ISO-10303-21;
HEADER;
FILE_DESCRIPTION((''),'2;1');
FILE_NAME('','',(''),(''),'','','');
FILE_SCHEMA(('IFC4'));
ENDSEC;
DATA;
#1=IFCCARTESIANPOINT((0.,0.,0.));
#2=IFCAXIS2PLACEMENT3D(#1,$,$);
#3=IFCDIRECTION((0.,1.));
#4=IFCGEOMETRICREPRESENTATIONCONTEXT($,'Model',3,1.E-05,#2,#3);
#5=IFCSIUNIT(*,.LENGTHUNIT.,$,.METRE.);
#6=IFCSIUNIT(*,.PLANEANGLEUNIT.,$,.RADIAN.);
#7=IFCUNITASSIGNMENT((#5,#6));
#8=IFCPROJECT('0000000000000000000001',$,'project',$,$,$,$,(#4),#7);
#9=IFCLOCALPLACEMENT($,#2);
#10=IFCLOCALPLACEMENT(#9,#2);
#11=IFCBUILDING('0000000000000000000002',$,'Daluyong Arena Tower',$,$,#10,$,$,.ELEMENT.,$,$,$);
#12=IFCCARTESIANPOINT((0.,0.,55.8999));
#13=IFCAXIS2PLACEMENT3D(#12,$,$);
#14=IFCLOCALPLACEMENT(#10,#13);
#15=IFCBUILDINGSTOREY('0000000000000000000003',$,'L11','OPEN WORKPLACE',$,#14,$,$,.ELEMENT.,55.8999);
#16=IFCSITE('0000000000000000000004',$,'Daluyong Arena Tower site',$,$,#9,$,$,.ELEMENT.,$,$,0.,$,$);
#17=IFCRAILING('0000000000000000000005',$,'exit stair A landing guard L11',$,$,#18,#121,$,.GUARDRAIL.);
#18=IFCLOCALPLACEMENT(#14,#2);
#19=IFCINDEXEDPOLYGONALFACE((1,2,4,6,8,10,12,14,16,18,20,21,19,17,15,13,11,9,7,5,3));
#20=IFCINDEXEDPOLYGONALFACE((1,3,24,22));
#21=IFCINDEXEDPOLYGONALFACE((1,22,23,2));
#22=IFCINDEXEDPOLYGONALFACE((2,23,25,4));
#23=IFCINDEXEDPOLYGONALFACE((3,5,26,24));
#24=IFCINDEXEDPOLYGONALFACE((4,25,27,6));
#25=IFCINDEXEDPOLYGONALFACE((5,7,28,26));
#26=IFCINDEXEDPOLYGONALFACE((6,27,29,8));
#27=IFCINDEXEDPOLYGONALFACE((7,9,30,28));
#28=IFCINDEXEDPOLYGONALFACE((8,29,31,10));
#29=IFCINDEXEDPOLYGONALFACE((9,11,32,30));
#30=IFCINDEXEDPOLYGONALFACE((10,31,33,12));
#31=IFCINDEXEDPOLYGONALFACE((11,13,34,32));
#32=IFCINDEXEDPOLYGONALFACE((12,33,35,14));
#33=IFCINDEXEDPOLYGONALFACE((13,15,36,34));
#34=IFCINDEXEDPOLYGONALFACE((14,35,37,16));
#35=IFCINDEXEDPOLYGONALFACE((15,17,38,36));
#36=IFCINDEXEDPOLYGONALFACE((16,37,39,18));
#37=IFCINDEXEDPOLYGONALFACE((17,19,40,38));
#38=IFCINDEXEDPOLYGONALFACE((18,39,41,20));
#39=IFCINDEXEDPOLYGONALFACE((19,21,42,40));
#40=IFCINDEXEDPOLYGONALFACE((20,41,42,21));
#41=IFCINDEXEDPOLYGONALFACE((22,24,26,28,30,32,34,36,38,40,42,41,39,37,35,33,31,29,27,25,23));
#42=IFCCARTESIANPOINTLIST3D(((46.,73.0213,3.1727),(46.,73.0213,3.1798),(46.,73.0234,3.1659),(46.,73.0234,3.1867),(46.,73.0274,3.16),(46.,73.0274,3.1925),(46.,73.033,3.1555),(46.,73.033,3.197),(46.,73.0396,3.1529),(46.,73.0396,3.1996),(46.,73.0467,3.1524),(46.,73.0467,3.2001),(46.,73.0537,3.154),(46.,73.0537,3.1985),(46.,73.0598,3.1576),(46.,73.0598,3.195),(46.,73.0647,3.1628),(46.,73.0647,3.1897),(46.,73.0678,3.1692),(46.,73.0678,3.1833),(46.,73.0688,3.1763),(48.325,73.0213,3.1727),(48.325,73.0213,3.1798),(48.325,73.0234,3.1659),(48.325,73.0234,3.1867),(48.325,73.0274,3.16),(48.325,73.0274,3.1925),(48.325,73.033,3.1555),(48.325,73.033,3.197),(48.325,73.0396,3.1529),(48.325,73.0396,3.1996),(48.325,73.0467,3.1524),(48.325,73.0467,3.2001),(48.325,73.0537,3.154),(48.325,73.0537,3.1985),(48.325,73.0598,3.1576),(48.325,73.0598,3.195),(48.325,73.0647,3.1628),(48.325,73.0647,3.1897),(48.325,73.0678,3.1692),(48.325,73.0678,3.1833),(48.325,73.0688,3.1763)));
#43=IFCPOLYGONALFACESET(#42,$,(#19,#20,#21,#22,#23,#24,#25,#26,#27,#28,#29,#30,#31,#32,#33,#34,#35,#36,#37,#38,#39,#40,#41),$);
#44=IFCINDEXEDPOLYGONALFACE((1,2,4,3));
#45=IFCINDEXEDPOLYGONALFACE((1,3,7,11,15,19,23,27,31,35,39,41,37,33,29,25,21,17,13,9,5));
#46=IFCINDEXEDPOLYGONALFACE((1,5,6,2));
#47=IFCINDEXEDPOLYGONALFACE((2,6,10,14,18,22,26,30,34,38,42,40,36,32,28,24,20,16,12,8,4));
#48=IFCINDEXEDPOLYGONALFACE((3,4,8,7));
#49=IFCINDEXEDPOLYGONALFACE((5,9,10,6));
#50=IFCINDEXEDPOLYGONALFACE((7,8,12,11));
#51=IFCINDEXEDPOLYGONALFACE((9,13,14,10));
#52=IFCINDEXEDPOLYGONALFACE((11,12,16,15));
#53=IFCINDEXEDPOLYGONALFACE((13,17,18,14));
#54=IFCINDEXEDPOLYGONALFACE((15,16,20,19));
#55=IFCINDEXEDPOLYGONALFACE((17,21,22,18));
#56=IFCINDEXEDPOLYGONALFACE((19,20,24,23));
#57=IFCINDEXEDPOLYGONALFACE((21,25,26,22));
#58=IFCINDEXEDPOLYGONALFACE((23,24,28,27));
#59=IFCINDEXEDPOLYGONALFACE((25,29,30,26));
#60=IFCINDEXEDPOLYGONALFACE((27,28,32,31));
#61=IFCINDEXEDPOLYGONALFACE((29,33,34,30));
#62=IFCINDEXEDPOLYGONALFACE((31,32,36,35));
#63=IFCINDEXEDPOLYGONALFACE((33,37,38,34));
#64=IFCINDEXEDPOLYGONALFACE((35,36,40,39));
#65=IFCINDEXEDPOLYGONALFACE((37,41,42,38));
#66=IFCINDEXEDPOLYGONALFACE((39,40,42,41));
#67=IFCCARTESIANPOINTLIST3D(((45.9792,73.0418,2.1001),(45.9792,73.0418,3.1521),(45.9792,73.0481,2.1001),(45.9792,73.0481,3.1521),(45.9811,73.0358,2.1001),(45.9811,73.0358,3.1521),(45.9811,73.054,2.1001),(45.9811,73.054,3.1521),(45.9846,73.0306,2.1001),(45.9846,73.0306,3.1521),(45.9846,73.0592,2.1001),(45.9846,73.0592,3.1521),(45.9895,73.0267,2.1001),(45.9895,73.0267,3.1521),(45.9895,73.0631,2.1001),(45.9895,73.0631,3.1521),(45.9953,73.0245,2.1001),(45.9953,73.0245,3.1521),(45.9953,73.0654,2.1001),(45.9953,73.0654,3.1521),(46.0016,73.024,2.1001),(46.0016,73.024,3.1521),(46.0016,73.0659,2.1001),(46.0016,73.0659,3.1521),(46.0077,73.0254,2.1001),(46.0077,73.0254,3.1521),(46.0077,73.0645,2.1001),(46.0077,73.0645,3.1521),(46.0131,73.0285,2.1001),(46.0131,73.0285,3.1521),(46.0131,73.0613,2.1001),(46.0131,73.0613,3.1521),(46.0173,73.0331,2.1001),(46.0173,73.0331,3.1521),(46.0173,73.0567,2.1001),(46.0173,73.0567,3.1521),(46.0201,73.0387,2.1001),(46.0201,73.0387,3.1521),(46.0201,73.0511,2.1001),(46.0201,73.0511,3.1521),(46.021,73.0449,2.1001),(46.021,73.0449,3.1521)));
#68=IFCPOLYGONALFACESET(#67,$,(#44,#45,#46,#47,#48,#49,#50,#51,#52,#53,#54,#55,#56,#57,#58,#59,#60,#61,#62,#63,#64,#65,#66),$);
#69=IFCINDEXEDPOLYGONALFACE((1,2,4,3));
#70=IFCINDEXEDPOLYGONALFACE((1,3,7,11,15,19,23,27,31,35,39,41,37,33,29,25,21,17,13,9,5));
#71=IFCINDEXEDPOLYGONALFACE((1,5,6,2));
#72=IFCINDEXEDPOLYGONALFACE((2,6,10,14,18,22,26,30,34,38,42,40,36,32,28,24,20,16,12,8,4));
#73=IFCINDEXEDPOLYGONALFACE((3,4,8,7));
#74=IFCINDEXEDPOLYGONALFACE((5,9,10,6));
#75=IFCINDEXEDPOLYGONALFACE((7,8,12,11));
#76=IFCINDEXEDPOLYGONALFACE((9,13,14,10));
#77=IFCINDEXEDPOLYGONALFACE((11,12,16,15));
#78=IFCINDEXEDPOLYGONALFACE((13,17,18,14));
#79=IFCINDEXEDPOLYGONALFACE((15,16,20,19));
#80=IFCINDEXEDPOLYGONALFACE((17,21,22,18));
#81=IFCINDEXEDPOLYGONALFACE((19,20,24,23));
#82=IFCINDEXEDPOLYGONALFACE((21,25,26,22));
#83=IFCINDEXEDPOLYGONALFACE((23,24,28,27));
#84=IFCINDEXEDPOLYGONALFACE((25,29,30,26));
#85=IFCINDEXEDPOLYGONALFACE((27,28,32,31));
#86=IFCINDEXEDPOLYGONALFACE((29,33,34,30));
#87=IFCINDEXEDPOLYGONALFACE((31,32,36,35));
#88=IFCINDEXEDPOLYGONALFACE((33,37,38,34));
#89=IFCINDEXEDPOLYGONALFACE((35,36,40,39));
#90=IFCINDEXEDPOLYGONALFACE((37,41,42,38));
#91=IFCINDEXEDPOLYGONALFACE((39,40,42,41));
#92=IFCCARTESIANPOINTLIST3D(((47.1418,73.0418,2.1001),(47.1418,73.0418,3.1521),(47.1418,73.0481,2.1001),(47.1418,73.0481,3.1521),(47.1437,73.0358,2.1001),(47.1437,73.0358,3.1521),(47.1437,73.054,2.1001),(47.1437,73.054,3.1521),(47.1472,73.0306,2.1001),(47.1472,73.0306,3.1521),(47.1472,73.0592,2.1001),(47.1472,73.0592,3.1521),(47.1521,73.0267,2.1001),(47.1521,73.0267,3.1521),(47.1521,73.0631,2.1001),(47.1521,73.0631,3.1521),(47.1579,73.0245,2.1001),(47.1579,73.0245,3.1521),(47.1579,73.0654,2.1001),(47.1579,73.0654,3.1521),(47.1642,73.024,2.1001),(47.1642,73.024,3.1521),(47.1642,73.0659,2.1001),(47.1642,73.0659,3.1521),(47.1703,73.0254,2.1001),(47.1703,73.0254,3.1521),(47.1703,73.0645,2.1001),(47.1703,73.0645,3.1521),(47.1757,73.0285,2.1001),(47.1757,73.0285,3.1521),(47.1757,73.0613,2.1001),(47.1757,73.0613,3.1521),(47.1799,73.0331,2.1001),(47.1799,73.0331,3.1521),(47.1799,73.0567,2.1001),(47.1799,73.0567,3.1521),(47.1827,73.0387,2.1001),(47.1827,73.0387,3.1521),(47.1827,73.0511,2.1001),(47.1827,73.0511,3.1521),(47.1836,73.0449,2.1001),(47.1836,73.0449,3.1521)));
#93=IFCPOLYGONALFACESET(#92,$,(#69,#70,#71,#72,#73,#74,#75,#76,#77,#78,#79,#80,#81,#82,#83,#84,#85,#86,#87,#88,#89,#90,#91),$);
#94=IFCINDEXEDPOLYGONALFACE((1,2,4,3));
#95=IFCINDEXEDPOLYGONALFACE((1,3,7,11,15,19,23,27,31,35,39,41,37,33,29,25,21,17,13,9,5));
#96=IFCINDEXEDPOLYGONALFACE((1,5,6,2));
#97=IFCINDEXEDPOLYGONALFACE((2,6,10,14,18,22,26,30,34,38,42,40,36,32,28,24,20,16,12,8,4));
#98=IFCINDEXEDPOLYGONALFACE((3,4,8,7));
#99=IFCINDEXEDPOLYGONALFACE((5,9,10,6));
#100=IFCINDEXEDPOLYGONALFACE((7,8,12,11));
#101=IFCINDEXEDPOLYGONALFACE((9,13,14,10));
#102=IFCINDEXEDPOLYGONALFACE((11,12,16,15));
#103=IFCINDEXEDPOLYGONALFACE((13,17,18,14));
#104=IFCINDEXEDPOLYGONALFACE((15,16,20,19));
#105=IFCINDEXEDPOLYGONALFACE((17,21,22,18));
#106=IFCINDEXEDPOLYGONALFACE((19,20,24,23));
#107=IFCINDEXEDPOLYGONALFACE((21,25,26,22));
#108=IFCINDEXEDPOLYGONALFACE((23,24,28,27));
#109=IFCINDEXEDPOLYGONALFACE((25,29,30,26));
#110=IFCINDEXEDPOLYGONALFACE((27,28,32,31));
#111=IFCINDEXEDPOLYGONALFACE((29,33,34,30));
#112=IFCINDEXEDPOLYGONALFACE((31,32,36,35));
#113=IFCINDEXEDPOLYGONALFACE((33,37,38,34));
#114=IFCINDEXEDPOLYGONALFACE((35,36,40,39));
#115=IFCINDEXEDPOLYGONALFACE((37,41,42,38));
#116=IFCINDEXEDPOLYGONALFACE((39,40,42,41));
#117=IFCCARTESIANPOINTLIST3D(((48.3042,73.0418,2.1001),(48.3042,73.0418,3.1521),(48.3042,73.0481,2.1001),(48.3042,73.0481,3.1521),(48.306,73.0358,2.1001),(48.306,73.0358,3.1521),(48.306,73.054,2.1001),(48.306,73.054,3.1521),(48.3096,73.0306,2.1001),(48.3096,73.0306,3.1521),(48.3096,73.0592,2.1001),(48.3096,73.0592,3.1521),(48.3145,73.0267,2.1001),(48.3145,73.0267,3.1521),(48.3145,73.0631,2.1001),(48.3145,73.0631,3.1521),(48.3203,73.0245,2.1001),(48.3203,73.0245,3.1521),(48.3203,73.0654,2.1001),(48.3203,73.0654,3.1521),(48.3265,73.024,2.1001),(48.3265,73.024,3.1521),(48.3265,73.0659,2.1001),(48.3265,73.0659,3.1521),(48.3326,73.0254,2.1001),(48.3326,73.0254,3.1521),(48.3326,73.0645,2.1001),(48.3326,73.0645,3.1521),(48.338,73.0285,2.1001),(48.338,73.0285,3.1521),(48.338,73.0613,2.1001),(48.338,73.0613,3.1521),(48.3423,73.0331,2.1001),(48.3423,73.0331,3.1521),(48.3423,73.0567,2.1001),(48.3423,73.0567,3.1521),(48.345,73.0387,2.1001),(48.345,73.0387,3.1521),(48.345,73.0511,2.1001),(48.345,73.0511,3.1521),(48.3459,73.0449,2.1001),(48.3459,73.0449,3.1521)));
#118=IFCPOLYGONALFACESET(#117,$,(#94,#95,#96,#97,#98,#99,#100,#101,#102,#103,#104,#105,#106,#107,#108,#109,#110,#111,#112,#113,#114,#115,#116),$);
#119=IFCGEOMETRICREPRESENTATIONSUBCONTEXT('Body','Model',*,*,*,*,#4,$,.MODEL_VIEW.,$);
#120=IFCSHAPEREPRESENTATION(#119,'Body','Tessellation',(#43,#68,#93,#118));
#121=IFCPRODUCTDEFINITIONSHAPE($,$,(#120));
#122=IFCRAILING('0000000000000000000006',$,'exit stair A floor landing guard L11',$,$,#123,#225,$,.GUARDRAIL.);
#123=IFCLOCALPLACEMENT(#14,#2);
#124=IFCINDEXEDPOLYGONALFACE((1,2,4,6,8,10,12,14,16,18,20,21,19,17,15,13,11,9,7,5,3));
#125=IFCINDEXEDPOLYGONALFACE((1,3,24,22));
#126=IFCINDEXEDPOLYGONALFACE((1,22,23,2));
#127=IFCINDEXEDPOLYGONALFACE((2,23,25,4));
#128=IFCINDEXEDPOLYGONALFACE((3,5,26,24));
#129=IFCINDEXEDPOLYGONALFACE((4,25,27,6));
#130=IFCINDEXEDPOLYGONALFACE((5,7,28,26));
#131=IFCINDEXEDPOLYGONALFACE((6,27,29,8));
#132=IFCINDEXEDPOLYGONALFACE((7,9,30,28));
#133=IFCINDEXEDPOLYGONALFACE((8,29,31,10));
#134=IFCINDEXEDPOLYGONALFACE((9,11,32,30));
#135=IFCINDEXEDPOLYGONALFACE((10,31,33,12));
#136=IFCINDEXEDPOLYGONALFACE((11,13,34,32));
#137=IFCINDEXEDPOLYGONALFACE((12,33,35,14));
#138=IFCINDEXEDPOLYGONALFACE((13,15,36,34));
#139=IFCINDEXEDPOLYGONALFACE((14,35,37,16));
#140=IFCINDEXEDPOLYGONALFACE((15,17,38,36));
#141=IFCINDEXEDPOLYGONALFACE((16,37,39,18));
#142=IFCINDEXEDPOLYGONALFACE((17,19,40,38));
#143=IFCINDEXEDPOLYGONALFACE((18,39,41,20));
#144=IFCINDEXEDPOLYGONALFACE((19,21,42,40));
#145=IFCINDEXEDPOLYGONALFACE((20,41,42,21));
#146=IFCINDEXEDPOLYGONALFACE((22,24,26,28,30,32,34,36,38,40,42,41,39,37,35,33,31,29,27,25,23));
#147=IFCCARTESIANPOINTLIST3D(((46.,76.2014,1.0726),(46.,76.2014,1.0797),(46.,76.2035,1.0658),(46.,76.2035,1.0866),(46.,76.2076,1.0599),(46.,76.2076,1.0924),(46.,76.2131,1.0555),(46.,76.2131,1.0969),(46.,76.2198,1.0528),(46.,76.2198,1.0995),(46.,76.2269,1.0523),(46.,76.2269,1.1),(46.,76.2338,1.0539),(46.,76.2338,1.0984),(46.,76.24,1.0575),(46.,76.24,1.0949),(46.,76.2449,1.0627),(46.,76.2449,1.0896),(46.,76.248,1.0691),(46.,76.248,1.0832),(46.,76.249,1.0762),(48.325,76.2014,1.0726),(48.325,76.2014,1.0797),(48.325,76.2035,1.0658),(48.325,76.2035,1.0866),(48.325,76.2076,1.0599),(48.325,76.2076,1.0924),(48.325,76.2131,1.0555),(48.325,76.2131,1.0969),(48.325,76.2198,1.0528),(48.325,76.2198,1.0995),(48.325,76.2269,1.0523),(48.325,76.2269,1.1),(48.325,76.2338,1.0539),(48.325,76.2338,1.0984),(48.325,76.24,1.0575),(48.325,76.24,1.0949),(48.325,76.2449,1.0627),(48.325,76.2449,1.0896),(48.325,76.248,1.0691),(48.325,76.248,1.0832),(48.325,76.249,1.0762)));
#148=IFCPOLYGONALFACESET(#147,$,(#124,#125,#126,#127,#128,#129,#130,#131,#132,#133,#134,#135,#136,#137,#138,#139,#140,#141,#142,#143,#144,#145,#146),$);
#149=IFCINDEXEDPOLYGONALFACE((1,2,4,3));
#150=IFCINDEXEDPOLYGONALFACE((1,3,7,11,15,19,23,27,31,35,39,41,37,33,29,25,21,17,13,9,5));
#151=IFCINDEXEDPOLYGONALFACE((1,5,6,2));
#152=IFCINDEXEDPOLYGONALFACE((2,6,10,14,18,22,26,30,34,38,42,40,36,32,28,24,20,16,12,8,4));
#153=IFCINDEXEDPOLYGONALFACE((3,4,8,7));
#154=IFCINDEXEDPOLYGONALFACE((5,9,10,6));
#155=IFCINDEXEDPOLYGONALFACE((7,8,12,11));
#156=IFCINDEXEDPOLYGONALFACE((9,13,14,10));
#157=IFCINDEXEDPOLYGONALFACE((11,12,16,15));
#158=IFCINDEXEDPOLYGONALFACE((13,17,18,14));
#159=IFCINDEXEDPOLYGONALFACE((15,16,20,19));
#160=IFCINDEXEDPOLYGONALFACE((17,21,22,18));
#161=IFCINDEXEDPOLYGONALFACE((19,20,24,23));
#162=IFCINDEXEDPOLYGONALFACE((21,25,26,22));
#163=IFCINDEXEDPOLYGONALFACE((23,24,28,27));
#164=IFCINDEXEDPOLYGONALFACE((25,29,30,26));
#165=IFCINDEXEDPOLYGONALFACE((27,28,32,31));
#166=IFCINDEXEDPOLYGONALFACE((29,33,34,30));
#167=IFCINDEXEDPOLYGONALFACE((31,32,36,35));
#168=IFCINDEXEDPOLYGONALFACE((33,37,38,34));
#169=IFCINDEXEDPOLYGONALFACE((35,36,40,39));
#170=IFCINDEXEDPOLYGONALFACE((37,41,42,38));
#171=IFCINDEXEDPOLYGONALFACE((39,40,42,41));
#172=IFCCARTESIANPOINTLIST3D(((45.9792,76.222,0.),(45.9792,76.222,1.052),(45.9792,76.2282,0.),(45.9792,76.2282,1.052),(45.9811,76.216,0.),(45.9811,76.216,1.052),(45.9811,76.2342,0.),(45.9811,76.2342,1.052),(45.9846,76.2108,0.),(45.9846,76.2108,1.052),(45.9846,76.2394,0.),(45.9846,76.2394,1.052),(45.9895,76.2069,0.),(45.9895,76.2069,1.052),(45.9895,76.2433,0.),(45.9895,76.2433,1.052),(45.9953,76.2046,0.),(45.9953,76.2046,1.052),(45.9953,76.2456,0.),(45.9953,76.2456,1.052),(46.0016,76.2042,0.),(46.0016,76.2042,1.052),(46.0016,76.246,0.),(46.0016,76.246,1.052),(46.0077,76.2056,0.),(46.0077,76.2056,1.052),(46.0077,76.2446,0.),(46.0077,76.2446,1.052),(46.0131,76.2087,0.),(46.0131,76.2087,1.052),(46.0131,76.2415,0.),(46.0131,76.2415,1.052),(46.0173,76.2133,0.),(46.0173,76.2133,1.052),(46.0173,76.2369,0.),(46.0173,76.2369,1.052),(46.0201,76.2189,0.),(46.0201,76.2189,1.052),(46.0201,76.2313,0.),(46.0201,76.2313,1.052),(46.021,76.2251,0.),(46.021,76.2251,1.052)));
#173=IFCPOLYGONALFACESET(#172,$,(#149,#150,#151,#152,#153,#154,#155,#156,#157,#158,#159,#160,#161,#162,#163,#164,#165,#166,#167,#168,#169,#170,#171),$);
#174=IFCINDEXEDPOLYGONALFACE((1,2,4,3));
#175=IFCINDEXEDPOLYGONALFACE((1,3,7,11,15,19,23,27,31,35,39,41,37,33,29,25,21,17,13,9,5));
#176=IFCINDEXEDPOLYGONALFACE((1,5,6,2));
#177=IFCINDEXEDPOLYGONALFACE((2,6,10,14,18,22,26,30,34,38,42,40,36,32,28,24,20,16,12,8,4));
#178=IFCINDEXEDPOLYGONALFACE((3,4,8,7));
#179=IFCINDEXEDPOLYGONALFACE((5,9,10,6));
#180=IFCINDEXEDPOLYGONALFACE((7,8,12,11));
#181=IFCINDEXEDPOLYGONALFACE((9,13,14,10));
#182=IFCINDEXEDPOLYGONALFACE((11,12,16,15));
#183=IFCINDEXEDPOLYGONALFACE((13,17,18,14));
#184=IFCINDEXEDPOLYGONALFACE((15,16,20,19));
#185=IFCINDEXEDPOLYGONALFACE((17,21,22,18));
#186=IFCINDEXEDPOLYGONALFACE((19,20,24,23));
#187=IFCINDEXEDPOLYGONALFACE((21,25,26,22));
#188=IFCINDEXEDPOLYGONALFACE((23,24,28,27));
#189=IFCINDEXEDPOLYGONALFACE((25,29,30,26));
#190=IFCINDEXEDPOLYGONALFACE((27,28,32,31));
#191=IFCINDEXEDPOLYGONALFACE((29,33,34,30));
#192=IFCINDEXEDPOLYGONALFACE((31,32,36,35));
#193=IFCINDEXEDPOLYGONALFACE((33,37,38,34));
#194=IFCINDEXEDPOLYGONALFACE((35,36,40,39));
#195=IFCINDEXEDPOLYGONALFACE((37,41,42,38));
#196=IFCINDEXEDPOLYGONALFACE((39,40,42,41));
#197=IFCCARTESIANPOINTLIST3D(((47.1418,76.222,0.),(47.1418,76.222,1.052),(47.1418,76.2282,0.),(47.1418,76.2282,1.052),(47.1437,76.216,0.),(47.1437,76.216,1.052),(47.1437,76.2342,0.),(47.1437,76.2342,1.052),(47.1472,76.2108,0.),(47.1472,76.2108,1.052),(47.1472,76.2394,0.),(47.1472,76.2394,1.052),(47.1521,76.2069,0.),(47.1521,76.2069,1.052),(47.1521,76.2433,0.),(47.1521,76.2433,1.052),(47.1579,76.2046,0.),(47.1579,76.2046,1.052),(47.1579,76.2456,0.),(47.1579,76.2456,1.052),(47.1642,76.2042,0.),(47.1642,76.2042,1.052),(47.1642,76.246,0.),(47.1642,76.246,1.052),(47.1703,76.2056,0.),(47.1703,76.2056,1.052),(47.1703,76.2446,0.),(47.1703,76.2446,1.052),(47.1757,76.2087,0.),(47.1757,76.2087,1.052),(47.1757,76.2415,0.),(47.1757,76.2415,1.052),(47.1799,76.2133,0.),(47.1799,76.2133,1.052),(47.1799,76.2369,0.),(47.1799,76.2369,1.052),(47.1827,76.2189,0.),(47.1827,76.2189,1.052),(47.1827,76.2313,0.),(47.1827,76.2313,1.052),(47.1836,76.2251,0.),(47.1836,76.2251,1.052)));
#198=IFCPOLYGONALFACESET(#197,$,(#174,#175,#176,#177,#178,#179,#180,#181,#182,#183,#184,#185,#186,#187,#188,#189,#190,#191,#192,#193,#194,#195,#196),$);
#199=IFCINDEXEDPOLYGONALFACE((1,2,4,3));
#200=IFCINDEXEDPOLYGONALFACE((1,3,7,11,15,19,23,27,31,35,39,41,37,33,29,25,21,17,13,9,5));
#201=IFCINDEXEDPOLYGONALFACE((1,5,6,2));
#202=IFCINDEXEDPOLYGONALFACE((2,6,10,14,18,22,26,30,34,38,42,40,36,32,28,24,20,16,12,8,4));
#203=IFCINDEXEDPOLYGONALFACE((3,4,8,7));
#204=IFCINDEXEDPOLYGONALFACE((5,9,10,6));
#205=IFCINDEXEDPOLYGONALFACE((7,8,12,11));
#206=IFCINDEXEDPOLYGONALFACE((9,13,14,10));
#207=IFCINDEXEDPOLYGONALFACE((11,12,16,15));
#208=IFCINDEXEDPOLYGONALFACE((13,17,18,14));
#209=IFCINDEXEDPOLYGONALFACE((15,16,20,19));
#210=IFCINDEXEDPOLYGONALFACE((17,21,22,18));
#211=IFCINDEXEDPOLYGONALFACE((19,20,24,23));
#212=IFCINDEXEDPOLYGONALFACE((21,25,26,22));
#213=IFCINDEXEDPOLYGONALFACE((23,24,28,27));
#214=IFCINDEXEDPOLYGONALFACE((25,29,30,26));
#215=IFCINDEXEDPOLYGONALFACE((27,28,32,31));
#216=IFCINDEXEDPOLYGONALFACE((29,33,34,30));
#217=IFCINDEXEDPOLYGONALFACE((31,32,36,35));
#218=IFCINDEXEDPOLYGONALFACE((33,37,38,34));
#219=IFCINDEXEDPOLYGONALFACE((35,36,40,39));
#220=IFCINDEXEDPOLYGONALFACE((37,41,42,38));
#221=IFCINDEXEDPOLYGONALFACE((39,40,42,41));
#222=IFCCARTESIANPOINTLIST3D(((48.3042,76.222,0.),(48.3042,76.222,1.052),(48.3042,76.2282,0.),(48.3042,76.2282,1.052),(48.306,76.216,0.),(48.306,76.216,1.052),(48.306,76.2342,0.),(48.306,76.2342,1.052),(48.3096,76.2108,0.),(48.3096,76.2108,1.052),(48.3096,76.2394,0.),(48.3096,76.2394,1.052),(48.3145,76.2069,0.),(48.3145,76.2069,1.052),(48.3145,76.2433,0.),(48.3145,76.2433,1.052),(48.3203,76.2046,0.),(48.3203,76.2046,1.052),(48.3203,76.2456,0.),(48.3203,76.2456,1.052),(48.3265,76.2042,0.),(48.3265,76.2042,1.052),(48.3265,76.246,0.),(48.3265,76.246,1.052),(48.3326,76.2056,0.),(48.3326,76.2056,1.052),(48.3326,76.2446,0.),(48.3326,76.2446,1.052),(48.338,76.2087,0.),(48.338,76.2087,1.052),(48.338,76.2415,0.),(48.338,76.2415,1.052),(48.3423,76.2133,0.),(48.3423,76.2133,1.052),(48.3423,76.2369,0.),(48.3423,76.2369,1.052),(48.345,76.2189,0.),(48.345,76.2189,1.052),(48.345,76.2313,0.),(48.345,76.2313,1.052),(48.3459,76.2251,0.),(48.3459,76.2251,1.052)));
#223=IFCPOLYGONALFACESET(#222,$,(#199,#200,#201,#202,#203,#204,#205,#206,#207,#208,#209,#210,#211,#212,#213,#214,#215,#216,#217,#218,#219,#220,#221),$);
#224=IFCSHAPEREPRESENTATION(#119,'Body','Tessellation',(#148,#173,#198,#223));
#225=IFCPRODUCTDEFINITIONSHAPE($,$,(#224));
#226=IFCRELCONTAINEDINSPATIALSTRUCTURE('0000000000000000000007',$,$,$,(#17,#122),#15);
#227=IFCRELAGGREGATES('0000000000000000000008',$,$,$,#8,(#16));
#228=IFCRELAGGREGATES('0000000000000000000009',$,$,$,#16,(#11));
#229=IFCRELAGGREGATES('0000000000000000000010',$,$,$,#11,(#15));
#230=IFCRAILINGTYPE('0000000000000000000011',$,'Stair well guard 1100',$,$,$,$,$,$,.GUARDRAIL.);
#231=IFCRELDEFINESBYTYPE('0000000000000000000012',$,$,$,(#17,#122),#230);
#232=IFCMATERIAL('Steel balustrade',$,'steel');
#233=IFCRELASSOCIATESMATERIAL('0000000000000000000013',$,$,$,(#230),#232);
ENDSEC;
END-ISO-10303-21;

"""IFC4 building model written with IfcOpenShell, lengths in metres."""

from ifc_helpers import new_model, si_unit, direction, frame, origin, origin_2d, place, context, subcontext, project, spatial, circle, extrude, material, type_object, element, save


model = new_model("IFC4")

# Units and contexts
model_context = context("Model", 3, precision=1e-05, world=origin(), true_north=direction((0.0, 1.0)))
body_context = subcontext(model_context, "Body", "Model", "MODEL_VIEW")
ifc_project = project(units=[si_unit("LENGTHUNIT", "METRE"), si_unit("PLANEANGLEUNIT", "RADIAN")], contexts=[model_context])

# Site, building, storey
site_placement = place(None, origin())
site = spatial("IfcSite", under=ifc_project, at=site_placement, Name="Daluyong Arena Tower site", CompositionType="ELEMENT", RefElevation=0.0)
building_placement = place(site_placement, origin())
building = spatial("IfcBuilding", under=site, at=building_placement, Name="Daluyong Arena Tower", CompositionType="ELEMENT")
storey_placement = place(building_placement, frame((0.0, 0.0, 55.8999)))
storey = spatial("IfcBuildingStorey", under=building, at=storey_placement, Name="L11", Description="OPEN WORKPLACE", CompositionType="ELEMENT", Elevation=55.8999)

# Railings
ifc_material_1 = material(Name="Steel balustrade", Category="steel")
railing_type_1 = type_object("IfcRailingType", Name="Stair well guard 1100", PredefinedType="GUARDRAIL", material=ifc_material_1)
for number, where, name in (
    (1, (46.0, 73.0449, 2.1001), "exit stair A landing guard L11"),
    (2, (46.0, 76.2251, 0.0), "exit stair A floor landing guard L11"),
):
    element("IfcRailing", number, at=place(storey_placement, frame(where)), inside=storey, type_object=railing_type_1, Name=name, PredefinedType="GUARDRAIL", context=body_context, shape_type="SweptSolid", body=[
        extrude(circle(Radius=0.0239, at=origin_2d()), frame((0.0, 0.0, 1.0762), z_axis=(1.0, 0.0, 0.0), x_axis=(0.0, 1.0, 0.0)), (0.0, 0.0, 1.0), 2.325),
        extrude(circle(Radius=0.021, at=origin_2d()), origin(), (0.0, 0.0, 1.0), 1.052),
        extrude(circle(Radius=0.021, at=origin_2d()), frame((1.1626, 0.0, 0.0)), (0.0, 0.0, 1.0), 1.052),
        extrude(circle(Radius=0.021, at=origin_2d()), frame((2.325, 0.0, 0.0)), (0.0, 0.0, 1.0), 1.052),
    ])

save(model, "model.ifc")
